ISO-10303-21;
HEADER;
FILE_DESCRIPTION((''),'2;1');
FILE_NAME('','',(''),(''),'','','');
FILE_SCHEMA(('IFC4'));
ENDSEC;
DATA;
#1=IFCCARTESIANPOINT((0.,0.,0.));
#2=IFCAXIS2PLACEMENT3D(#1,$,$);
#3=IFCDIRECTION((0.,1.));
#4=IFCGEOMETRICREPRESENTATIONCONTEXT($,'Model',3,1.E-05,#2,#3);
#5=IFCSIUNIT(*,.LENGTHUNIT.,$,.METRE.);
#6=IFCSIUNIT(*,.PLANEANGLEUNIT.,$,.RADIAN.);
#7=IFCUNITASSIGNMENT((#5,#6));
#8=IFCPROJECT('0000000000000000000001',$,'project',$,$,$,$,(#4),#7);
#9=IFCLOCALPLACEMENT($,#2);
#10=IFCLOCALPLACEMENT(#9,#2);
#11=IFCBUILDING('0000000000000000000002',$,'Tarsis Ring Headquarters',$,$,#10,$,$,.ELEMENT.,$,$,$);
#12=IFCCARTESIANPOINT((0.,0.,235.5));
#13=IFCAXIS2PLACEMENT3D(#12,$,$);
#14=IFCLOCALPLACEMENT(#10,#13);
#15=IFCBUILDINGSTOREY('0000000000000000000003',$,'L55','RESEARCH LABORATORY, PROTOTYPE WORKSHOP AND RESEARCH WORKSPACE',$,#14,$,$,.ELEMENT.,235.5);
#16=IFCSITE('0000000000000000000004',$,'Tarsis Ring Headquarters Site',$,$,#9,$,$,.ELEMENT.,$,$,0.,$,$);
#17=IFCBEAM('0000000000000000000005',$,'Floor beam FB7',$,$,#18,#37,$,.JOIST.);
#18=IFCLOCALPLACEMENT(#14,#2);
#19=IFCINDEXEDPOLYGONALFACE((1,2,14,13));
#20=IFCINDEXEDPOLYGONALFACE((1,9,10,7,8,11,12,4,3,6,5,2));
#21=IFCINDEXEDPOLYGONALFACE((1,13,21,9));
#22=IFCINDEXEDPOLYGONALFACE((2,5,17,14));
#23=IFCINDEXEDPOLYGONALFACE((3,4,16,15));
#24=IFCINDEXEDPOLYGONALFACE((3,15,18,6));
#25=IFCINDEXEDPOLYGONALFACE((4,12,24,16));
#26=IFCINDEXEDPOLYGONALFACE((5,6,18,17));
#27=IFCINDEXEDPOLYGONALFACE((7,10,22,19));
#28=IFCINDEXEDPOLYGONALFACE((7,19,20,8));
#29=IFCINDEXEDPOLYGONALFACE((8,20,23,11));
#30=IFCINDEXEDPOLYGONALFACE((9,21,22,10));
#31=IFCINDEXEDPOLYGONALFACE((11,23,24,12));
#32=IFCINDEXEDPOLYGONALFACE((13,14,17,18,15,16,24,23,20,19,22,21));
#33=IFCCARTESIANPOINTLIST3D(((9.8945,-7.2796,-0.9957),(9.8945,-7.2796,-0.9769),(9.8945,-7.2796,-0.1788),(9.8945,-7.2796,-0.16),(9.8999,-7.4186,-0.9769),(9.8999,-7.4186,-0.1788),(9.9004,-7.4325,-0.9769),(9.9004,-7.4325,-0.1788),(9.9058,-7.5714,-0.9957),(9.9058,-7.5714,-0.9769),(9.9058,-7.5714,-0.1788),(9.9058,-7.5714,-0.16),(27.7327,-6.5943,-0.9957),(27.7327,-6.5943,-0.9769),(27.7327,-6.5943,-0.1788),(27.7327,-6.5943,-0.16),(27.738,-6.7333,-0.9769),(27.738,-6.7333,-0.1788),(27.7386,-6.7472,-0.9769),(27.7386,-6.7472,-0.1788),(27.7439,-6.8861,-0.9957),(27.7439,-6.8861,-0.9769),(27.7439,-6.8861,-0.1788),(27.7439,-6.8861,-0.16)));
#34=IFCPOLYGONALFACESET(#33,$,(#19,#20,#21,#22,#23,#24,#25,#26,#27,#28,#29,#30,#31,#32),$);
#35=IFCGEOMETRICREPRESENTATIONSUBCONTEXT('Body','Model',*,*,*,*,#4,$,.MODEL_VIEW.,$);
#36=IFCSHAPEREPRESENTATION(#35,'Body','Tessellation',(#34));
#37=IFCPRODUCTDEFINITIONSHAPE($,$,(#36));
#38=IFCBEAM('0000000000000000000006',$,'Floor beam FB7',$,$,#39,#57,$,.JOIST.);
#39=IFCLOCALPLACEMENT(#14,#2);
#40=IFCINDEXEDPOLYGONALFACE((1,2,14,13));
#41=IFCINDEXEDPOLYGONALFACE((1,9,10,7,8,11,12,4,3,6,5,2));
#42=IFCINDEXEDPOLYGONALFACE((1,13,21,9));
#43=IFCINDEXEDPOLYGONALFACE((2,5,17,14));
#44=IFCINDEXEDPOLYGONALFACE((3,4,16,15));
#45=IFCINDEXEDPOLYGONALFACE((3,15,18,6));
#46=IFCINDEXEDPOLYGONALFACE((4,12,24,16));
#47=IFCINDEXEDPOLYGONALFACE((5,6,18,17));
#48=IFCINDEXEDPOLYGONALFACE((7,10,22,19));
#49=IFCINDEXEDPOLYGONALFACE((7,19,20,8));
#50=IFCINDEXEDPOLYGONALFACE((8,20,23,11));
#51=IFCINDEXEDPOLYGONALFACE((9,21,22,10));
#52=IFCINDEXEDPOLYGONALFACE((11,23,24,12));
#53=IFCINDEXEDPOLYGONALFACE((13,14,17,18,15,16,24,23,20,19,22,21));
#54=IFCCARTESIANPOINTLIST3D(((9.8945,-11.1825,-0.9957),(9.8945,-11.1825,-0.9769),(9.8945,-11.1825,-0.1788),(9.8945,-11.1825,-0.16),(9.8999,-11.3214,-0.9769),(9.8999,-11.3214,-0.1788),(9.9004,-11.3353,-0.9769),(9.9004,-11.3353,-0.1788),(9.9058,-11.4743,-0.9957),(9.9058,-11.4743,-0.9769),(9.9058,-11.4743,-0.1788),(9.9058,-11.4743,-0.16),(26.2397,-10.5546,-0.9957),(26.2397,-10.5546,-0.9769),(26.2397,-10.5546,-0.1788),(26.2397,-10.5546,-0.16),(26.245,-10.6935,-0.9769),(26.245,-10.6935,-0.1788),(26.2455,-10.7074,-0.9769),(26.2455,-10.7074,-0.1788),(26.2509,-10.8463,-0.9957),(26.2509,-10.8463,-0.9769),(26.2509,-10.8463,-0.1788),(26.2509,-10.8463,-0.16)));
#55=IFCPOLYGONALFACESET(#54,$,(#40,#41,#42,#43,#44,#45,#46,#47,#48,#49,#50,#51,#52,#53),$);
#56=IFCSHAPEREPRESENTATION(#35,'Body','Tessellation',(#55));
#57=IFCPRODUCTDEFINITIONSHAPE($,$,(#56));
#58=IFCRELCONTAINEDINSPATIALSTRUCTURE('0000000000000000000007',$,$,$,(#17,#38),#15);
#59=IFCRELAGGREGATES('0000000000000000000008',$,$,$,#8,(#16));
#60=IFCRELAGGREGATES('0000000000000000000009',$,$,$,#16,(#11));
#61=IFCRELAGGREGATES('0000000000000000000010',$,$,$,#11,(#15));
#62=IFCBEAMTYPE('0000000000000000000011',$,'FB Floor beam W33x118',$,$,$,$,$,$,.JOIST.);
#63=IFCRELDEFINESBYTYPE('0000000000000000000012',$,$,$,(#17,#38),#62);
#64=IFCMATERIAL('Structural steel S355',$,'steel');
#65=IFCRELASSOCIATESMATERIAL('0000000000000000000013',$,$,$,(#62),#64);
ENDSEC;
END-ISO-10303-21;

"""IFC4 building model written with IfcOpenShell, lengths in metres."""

from ifc_helpers import new_model, si_unit, direction, frame, origin, origin_2d, place, context, subcontext, project, spatial, i_section, extrude, material, material_profile, profile_set, type_object, element, save


model = new_model("IFC4")

# Units and contexts
model_context = context("Model", 3, precision=1e-05, world=origin(), true_north=direction((0.0, 1.0)))
body_context = subcontext(model_context, "Body", "Model", "MODEL_VIEW")
ifc_project = project(units=[si_unit("LENGTHUNIT", "METRE"), si_unit("PLANEANGLEUNIT", "RADIAN")], contexts=[model_context])

# Site, building, storey
site_placement = place(None, origin())
site = spatial("IfcSite", under=ifc_project, at=site_placement, Name="Tarsis Ring Headquarters Site", CompositionType="ELEMENT", RefElevation=0.0)
building_placement = place(site_placement, origin())
building = spatial("IfcBuilding", under=site, at=building_placement, Name="Tarsis Ring Headquarters", CompositionType="ELEMENT")
storey_placement = place(building_placement, frame((0.0, 0.0, 235.5)))
storey = spatial("IfcBuildingStorey", under=building, at=storey_placement, Name="L55", Description="RESEARCH LABORATORY, PROTOTYPE WORKSHOP AND RESEARCH WORKSPACE", CompositionType="ELEMENT", Elevation=235.5)

# Beams
ifc_material_1 = material(Name="Structural steel S355", Category="steel")
ifc_material_profile = material_profile(ifc_material_1, i_section(OverallWidth=0.292, OverallDepth=0.8357, WebThickness=0.0139, FlangeThickness=0.0188, at=origin_2d()), Name="W33x118")
ifc_profile_set = profile_set([ifc_material_profile], Name="Structural steel S355")
beam_type = type_object("IfcBeamType", Name="FB Floor beam W33x118", PredefinedType="JOIST", material=ifc_profile_set)
beam_1_placement = place(storey_placement, frame((9.9001, -7.4255, -0.5779), z_axis=(0.999263, 0.03839, 0.0), x_axis=(-0.03839, 0.999263, 0.0)))
element("IfcBeam", 1, at=beam_1_placement, inside=storey, type_object=beam_type, Name="Floor beam FB7", PredefinedType="JOIST", context=body_context, shape_type="SweptSolid", body=[
    extrude(i_section(OverallWidth=0.292, OverallDepth=0.8357, WebThickness=0.0139, FlangeThickness=0.0188, at=origin_2d()), origin(), (0.0, 0.0, 1.0), 17.8513),
])
beam_2_placement = place(storey_placement, frame((9.9001, -11.3284, -0.5779), z_axis=(0.999263, 0.038388, 0.0), x_axis=(-0.038388, 0.999263, 0.0)))
element("IfcBeam", 2, at=beam_2_placement, inside=storey, type_object=beam_type, Name="Floor beam FB7", PredefinedType="JOIST", context=body_context, shape_type="SweptSolid", body=[
    extrude(i_section(OverallWidth=0.292, OverallDepth=0.8357, WebThickness=0.0139, FlangeThickness=0.0188, at=origin_2d()), origin(), (0.0, 0.0, 1.0), 16.3572),
])

save(model, "model.ifc")
